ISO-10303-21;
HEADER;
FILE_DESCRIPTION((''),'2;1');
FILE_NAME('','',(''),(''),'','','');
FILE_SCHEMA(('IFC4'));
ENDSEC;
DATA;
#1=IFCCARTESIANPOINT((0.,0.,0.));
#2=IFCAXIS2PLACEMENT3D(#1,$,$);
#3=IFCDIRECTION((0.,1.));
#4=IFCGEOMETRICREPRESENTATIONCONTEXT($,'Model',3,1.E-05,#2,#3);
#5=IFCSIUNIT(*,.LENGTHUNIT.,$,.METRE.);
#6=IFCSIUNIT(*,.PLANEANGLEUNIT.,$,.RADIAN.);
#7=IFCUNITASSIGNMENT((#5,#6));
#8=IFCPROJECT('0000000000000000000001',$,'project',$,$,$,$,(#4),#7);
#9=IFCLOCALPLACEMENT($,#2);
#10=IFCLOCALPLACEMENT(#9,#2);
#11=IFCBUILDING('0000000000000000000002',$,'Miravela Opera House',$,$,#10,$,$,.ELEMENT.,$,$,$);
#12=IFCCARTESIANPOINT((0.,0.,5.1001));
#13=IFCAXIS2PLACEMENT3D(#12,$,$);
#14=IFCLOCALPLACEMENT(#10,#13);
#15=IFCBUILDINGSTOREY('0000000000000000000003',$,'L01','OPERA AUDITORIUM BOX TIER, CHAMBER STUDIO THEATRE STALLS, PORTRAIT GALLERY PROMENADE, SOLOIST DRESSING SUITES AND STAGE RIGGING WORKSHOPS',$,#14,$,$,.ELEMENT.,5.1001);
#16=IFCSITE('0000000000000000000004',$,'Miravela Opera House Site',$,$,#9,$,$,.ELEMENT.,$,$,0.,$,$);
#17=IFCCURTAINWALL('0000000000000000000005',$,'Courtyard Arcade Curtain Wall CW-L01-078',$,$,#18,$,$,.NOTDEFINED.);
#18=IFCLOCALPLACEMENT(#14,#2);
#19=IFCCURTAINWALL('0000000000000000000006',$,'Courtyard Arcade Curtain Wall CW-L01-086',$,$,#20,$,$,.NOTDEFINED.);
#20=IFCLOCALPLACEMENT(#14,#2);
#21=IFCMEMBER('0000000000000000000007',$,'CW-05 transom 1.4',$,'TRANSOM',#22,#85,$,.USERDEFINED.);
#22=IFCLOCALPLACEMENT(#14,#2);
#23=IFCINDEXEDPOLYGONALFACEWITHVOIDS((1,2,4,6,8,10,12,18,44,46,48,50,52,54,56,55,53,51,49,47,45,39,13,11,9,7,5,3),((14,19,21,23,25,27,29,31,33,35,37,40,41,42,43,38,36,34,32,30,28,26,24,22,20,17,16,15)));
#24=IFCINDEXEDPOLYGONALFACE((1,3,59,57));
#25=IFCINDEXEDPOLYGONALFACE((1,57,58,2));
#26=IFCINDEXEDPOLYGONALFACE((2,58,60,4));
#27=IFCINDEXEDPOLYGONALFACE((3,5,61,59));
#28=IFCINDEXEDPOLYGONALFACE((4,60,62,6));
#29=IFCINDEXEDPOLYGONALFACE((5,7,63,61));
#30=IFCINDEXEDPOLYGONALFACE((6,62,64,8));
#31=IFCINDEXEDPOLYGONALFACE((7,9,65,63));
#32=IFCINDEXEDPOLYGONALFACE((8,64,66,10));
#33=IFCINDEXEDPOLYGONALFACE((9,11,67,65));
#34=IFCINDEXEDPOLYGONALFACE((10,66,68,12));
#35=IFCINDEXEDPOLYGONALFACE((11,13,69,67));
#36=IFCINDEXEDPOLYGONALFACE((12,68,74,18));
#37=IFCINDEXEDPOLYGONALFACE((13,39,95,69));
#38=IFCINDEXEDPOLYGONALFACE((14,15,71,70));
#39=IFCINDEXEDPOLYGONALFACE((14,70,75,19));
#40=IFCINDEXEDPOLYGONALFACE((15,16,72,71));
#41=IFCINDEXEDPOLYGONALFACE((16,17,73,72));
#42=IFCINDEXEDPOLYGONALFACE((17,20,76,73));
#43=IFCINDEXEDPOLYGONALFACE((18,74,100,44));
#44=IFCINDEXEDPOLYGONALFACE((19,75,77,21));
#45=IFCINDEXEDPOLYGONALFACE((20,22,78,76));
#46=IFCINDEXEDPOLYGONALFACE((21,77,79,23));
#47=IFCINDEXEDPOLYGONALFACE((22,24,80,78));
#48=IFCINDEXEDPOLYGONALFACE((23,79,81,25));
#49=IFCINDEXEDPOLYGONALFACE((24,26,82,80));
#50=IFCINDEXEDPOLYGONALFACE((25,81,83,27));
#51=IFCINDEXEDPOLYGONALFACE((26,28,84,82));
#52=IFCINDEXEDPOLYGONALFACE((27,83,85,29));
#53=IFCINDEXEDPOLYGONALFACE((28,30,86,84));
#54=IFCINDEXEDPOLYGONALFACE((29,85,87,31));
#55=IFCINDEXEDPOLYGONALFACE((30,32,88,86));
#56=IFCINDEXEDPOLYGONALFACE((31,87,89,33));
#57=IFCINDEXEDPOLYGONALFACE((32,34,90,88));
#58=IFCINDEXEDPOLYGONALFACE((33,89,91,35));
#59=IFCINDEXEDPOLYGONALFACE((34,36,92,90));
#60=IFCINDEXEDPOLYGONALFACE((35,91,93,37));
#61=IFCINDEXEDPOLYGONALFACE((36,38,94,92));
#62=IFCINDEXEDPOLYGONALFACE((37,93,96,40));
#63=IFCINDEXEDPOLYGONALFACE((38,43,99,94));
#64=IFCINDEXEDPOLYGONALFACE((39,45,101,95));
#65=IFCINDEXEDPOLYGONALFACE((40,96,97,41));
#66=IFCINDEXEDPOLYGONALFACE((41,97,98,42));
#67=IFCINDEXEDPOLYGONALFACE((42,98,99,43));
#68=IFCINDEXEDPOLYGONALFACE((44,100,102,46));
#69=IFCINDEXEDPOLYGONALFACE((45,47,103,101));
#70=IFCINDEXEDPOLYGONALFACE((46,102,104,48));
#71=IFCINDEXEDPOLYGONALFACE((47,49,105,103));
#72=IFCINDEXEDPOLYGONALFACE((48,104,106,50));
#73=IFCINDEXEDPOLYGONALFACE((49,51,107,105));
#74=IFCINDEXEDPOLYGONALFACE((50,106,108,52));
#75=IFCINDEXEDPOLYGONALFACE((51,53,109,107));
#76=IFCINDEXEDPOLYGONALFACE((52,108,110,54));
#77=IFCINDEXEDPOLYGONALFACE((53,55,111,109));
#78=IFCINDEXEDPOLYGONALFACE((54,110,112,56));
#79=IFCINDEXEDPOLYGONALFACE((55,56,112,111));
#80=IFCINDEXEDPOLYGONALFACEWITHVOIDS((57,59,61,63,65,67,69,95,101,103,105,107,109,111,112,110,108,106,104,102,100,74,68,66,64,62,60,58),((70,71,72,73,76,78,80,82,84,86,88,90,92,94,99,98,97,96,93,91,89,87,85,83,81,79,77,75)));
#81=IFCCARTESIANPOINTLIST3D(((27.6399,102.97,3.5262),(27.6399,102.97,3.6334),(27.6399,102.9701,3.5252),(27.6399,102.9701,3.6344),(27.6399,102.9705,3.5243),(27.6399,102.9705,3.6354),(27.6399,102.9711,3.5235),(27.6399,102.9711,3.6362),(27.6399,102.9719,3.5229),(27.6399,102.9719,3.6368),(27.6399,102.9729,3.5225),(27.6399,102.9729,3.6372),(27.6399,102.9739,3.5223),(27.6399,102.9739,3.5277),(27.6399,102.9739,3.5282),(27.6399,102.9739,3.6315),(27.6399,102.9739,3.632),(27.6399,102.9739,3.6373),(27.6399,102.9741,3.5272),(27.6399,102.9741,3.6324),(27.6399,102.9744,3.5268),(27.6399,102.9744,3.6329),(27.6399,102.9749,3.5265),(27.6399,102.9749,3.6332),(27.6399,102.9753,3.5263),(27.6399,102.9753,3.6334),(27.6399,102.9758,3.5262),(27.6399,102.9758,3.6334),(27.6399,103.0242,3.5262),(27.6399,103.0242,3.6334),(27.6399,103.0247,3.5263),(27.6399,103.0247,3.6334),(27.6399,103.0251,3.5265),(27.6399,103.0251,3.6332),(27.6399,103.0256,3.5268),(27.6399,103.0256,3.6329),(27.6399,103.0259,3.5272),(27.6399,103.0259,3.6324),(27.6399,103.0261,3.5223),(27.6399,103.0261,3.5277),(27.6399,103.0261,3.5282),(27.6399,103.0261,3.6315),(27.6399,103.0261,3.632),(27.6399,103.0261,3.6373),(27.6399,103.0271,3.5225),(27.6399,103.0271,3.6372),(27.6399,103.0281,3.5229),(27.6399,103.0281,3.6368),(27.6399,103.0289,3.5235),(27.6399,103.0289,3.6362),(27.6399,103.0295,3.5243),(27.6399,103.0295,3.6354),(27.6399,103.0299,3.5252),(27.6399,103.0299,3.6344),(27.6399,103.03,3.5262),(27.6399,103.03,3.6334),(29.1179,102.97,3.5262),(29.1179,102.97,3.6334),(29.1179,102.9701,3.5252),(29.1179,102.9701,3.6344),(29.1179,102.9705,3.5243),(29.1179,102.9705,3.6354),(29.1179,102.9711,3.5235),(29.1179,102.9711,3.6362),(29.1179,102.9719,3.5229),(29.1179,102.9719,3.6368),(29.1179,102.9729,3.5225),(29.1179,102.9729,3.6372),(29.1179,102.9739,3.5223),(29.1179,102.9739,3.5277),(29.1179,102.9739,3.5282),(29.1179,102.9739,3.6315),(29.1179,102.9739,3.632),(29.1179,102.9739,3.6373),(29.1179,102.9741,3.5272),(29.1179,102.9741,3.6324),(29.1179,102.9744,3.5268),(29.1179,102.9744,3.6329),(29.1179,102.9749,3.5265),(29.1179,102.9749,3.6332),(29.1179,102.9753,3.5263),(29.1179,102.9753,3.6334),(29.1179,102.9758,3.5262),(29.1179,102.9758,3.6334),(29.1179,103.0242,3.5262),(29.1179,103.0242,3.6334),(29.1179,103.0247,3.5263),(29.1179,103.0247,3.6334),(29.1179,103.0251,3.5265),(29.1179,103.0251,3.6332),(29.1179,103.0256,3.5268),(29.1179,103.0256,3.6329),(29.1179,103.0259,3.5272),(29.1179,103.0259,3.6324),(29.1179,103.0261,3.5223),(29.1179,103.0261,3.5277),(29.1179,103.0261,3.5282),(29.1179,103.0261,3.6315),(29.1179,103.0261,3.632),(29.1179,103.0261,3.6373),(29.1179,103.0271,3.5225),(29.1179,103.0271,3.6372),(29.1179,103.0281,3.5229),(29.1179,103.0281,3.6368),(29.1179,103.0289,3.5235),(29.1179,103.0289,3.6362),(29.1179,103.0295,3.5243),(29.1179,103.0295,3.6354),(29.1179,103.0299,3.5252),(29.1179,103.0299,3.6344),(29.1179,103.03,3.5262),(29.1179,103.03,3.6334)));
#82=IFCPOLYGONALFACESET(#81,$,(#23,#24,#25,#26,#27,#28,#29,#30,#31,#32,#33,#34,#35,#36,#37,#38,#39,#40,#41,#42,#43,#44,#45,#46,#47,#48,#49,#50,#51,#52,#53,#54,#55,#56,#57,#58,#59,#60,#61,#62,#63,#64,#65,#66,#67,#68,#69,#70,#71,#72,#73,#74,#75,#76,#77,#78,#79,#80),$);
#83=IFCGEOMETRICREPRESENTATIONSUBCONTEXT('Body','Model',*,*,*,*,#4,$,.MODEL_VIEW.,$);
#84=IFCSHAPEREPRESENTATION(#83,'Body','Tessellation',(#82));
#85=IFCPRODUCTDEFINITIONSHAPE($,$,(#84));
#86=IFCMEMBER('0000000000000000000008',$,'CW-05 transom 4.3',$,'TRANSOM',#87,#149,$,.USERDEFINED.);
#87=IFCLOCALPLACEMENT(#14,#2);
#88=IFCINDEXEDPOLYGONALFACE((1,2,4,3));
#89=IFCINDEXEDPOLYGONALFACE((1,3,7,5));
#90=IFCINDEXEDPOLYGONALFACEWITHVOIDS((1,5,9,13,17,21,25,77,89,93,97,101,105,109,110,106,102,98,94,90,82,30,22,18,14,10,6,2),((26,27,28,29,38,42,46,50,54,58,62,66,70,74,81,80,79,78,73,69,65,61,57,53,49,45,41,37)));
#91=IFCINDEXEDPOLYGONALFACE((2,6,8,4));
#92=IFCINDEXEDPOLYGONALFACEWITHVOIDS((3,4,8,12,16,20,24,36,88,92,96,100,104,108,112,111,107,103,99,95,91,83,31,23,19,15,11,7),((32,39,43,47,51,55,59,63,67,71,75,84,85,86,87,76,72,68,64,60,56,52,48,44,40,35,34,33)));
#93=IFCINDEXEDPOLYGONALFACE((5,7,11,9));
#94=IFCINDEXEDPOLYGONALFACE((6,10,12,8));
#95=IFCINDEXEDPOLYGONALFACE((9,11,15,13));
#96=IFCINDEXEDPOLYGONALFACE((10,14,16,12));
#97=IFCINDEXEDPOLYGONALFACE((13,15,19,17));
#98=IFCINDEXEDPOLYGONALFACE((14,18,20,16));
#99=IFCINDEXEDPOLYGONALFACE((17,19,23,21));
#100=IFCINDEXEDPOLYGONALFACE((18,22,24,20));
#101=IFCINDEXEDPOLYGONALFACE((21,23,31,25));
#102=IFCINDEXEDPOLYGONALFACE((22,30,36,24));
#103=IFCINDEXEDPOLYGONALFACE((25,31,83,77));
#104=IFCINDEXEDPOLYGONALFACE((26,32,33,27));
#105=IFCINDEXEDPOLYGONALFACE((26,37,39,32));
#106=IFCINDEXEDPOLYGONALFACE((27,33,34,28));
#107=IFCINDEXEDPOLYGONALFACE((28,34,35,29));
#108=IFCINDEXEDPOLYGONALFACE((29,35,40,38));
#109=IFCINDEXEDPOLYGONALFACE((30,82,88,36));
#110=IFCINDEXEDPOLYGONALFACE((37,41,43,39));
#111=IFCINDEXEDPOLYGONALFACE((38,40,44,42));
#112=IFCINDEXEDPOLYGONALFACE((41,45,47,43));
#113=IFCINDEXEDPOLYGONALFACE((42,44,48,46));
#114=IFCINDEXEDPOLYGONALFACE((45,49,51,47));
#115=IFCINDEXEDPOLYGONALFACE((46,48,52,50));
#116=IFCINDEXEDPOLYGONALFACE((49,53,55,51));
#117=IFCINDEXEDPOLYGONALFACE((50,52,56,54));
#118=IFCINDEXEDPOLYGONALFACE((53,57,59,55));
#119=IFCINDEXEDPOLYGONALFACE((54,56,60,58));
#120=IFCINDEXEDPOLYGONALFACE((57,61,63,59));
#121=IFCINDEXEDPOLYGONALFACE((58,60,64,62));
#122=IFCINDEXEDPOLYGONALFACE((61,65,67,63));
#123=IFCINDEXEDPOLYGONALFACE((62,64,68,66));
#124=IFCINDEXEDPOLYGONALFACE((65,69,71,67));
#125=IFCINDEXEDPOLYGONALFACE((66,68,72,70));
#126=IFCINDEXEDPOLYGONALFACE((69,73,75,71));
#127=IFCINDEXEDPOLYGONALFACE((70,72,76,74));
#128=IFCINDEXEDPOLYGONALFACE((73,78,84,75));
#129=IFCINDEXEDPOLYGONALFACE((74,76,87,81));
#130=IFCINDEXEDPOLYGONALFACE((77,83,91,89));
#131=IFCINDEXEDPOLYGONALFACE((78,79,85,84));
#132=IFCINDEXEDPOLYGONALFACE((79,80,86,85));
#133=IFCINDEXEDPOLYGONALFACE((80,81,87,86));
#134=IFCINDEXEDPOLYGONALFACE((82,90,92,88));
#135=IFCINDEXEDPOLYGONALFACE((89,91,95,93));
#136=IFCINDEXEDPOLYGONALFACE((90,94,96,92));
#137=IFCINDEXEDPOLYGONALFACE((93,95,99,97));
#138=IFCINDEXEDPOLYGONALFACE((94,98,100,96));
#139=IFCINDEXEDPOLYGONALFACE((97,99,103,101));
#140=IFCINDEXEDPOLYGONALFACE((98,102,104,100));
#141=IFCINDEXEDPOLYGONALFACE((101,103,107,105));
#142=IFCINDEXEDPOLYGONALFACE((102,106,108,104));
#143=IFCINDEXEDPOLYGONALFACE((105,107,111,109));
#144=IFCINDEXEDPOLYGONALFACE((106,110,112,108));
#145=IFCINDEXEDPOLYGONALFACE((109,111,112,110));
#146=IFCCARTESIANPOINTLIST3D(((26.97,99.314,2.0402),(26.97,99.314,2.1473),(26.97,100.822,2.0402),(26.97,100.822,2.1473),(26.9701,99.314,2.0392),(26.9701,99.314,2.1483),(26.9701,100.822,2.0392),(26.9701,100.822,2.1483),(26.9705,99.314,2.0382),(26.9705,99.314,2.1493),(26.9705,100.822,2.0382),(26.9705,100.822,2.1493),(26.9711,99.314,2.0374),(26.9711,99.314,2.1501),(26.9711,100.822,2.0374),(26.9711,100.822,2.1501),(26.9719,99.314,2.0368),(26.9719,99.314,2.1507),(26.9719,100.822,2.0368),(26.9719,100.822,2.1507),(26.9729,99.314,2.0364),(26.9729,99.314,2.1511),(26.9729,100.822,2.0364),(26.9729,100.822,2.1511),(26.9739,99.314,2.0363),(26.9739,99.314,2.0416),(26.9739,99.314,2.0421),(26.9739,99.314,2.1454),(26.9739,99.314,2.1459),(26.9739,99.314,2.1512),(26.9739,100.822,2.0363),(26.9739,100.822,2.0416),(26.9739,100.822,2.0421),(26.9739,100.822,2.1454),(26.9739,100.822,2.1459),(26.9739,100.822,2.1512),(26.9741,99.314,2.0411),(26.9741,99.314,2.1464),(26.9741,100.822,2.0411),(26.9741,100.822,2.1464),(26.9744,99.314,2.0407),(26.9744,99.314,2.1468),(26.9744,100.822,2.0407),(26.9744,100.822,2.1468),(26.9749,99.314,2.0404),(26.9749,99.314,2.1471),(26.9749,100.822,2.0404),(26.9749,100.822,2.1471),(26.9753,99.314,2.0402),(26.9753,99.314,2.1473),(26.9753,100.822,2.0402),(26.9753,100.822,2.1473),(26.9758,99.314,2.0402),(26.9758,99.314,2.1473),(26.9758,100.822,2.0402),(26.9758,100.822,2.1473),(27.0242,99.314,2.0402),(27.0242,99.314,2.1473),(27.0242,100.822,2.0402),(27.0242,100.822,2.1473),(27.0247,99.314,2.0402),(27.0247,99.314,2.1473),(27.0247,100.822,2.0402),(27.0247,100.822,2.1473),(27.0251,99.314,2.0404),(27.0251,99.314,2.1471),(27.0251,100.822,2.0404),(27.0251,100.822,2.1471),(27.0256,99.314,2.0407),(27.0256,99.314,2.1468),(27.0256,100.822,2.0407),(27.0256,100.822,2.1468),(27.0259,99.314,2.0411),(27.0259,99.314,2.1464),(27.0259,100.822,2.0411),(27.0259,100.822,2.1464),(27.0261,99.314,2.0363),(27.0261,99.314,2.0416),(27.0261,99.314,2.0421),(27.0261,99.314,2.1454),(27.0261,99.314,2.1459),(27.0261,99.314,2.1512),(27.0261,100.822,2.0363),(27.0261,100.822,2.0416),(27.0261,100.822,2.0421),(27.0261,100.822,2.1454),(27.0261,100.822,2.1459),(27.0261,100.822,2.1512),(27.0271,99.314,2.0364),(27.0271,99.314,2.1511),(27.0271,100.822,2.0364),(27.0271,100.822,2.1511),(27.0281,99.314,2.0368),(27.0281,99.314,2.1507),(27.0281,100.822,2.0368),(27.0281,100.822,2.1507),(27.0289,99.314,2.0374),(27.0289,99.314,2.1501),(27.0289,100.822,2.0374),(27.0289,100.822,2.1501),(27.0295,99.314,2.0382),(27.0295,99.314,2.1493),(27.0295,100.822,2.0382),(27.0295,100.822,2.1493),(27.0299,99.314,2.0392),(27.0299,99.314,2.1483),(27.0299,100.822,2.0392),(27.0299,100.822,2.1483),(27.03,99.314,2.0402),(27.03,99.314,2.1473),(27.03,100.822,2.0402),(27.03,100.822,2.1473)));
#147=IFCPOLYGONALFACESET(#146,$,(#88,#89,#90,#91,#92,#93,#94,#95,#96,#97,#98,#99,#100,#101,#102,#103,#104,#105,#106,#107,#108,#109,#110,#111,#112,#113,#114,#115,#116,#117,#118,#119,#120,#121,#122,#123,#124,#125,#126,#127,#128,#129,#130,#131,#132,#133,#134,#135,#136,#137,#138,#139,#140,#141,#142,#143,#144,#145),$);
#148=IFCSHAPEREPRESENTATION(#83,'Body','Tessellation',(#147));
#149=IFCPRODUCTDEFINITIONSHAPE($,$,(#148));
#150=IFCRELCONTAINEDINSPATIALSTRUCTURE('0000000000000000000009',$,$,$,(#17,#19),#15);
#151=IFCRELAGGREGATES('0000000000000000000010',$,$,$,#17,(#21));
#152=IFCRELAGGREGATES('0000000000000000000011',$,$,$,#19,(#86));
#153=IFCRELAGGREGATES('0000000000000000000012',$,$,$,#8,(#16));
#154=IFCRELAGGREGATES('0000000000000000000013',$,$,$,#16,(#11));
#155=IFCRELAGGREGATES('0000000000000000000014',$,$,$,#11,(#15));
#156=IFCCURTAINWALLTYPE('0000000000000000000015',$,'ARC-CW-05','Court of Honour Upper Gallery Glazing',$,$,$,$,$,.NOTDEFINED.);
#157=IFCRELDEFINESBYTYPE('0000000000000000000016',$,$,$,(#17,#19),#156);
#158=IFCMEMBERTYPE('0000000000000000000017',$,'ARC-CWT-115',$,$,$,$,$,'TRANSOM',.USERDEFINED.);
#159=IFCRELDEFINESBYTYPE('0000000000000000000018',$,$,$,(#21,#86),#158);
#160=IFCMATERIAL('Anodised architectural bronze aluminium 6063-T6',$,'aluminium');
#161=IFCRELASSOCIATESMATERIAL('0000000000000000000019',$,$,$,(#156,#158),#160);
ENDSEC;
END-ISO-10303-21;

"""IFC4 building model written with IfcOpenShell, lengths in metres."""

from ifc_helpers import new_model, si_unit, direction, frame, origin, origin_2d, place, context, subcontext, project, spatial, hollow_rectangle, extrude, material, material_profile, profile_set, type_object, element, aggregate, save


model = new_model("IFC4")

# Units and contexts
model_context = context("Model", 3, precision=1e-05, world=origin(), true_north=direction((0.0, 1.0)))
body_context = subcontext(model_context, "Body", "Model", "MODEL_VIEW")
ifc_project = project(units=[si_unit("LENGTHUNIT", "METRE"), si_unit("PLANEANGLEUNIT", "RADIAN")], contexts=[model_context])

# Site, building, storey
site_placement = place(None, origin())
site = spatial("IfcSite", under=ifc_project, at=site_placement, Name="Miravela Opera House Site", CompositionType="ELEMENT", RefElevation=0.0)
building_placement = place(site_placement, origin())
building = spatial("IfcBuilding", under=site, at=building_placement, Name="Miravela Opera House", CompositionType="ELEMENT")
storey_placement = place(building_placement, frame((0.0, 0.0, 5.1001)))
storey = spatial("IfcBuildingStorey", under=building, at=storey_placement, Name="L01", Description="OPERA AUDITORIUM BOX TIER, CHAMBER STUDIO THEATRE STALLS, PORTRAIT GALLERY PROMENADE, SOLOIST DRESSING SUITES AND STAGE RIGGING WORKSHOPS", CompositionType="ELEMENT", Elevation=5.1001)

# Curtain wall
ifc_material_1 = material(Name="Anodised architectural bronze aluminium 6063-T6", Category="aluminium")
curtain_wall_type = type_object("IfcCurtainWallType", Name="ARC-CW-05", Description="Court of Honour Upper Gallery Glazing", PredefinedType="NOTDEFINED", material=ifc_material_1)
curtain_wall_1_placement = place(storey_placement, origin())
curtain_wall_1 = element("IfcCurtainWall", 1, at=curtain_wall_1_placement, inside=storey, type_object=curtain_wall_type, Name="Courtyard Arcade Curtain Wall CW-L01-078", PredefinedType="NOTDEFINED")

# Curtain wall
curtain_wall_2_placement = place(storey_placement, origin())
curtain_wall_2 = element("IfcCurtainWall", 2, at=curtain_wall_2_placement, inside=storey, type_object=curtain_wall_type, Name="Courtyard Arcade Curtain Wall CW-L01-086", PredefinedType="NOTDEFINED")

# Members
ifc_material_profile_1 = material_profile(ifc_material_1, hollow_rectangle(XDim=0.0601, YDim=0.115, WallThickness=0.0039, InnerFilletRadius=0.002, OuterFilletRadius=0.0039, at=origin_2d()), Name="CWT-60X115")
ifc_profile_set_1 = profile_set([ifc_material_profile_1])
member_type_1 = type_object("IfcMemberType", Name="ARC-CWT-115", ElementType="TRANSOM", PredefinedType="USERDEFINED", material=ifc_profile_set_1)
member_1_placement = place(storey_placement, frame((27.6399, 103.0, 3.5798), z_axis=(1.0, 0.0, 0.0), x_axis=(0.0, 1.0, 0.0)))
member_1 = element("IfcMember", 3, at=member_1_placement, type_object=member_type_1, Name="CW-05 transom 1.4", ObjectType="TRANSOM", PredefinedType="USERDEFINED", context=body_context, shape_type="SweptSolid", body=[
    extrude(hollow_rectangle(XDim=0.0601, YDim=0.115, WallThickness=0.0039, InnerFilletRadius=0.002, OuterFilletRadius=0.0039, at=origin_2d()), origin(), (0.0, 0.0, 1.0), 1.478),
])
member_2_placement = place(storey_placement, frame((27.0, 99.314, 2.0938), z_axis=(0.0, 1.0, 0.0), x_axis=(-1.0, 0.0, 0.0)))
member_2 = element("IfcMember", 4, at=member_2_placement, type_object=member_type_1, Name="CW-05 transom 4.3", ObjectType="TRANSOM", PredefinedType="USERDEFINED", context=body_context, shape_type="SweptSolid", body=[
    extrude(hollow_rectangle(XDim=0.0601, YDim=0.115, WallThickness=0.0039, InnerFilletRadius=0.002, OuterFilletRadius=0.0039, at=origin_2d()), origin(), (0.0, 0.0, 1.0), 1.5081),
])

aggregate(curtain_wall_1, [member_1])
aggregate(curtain_wall_2, [member_2])

save(model, "model.ifc")
